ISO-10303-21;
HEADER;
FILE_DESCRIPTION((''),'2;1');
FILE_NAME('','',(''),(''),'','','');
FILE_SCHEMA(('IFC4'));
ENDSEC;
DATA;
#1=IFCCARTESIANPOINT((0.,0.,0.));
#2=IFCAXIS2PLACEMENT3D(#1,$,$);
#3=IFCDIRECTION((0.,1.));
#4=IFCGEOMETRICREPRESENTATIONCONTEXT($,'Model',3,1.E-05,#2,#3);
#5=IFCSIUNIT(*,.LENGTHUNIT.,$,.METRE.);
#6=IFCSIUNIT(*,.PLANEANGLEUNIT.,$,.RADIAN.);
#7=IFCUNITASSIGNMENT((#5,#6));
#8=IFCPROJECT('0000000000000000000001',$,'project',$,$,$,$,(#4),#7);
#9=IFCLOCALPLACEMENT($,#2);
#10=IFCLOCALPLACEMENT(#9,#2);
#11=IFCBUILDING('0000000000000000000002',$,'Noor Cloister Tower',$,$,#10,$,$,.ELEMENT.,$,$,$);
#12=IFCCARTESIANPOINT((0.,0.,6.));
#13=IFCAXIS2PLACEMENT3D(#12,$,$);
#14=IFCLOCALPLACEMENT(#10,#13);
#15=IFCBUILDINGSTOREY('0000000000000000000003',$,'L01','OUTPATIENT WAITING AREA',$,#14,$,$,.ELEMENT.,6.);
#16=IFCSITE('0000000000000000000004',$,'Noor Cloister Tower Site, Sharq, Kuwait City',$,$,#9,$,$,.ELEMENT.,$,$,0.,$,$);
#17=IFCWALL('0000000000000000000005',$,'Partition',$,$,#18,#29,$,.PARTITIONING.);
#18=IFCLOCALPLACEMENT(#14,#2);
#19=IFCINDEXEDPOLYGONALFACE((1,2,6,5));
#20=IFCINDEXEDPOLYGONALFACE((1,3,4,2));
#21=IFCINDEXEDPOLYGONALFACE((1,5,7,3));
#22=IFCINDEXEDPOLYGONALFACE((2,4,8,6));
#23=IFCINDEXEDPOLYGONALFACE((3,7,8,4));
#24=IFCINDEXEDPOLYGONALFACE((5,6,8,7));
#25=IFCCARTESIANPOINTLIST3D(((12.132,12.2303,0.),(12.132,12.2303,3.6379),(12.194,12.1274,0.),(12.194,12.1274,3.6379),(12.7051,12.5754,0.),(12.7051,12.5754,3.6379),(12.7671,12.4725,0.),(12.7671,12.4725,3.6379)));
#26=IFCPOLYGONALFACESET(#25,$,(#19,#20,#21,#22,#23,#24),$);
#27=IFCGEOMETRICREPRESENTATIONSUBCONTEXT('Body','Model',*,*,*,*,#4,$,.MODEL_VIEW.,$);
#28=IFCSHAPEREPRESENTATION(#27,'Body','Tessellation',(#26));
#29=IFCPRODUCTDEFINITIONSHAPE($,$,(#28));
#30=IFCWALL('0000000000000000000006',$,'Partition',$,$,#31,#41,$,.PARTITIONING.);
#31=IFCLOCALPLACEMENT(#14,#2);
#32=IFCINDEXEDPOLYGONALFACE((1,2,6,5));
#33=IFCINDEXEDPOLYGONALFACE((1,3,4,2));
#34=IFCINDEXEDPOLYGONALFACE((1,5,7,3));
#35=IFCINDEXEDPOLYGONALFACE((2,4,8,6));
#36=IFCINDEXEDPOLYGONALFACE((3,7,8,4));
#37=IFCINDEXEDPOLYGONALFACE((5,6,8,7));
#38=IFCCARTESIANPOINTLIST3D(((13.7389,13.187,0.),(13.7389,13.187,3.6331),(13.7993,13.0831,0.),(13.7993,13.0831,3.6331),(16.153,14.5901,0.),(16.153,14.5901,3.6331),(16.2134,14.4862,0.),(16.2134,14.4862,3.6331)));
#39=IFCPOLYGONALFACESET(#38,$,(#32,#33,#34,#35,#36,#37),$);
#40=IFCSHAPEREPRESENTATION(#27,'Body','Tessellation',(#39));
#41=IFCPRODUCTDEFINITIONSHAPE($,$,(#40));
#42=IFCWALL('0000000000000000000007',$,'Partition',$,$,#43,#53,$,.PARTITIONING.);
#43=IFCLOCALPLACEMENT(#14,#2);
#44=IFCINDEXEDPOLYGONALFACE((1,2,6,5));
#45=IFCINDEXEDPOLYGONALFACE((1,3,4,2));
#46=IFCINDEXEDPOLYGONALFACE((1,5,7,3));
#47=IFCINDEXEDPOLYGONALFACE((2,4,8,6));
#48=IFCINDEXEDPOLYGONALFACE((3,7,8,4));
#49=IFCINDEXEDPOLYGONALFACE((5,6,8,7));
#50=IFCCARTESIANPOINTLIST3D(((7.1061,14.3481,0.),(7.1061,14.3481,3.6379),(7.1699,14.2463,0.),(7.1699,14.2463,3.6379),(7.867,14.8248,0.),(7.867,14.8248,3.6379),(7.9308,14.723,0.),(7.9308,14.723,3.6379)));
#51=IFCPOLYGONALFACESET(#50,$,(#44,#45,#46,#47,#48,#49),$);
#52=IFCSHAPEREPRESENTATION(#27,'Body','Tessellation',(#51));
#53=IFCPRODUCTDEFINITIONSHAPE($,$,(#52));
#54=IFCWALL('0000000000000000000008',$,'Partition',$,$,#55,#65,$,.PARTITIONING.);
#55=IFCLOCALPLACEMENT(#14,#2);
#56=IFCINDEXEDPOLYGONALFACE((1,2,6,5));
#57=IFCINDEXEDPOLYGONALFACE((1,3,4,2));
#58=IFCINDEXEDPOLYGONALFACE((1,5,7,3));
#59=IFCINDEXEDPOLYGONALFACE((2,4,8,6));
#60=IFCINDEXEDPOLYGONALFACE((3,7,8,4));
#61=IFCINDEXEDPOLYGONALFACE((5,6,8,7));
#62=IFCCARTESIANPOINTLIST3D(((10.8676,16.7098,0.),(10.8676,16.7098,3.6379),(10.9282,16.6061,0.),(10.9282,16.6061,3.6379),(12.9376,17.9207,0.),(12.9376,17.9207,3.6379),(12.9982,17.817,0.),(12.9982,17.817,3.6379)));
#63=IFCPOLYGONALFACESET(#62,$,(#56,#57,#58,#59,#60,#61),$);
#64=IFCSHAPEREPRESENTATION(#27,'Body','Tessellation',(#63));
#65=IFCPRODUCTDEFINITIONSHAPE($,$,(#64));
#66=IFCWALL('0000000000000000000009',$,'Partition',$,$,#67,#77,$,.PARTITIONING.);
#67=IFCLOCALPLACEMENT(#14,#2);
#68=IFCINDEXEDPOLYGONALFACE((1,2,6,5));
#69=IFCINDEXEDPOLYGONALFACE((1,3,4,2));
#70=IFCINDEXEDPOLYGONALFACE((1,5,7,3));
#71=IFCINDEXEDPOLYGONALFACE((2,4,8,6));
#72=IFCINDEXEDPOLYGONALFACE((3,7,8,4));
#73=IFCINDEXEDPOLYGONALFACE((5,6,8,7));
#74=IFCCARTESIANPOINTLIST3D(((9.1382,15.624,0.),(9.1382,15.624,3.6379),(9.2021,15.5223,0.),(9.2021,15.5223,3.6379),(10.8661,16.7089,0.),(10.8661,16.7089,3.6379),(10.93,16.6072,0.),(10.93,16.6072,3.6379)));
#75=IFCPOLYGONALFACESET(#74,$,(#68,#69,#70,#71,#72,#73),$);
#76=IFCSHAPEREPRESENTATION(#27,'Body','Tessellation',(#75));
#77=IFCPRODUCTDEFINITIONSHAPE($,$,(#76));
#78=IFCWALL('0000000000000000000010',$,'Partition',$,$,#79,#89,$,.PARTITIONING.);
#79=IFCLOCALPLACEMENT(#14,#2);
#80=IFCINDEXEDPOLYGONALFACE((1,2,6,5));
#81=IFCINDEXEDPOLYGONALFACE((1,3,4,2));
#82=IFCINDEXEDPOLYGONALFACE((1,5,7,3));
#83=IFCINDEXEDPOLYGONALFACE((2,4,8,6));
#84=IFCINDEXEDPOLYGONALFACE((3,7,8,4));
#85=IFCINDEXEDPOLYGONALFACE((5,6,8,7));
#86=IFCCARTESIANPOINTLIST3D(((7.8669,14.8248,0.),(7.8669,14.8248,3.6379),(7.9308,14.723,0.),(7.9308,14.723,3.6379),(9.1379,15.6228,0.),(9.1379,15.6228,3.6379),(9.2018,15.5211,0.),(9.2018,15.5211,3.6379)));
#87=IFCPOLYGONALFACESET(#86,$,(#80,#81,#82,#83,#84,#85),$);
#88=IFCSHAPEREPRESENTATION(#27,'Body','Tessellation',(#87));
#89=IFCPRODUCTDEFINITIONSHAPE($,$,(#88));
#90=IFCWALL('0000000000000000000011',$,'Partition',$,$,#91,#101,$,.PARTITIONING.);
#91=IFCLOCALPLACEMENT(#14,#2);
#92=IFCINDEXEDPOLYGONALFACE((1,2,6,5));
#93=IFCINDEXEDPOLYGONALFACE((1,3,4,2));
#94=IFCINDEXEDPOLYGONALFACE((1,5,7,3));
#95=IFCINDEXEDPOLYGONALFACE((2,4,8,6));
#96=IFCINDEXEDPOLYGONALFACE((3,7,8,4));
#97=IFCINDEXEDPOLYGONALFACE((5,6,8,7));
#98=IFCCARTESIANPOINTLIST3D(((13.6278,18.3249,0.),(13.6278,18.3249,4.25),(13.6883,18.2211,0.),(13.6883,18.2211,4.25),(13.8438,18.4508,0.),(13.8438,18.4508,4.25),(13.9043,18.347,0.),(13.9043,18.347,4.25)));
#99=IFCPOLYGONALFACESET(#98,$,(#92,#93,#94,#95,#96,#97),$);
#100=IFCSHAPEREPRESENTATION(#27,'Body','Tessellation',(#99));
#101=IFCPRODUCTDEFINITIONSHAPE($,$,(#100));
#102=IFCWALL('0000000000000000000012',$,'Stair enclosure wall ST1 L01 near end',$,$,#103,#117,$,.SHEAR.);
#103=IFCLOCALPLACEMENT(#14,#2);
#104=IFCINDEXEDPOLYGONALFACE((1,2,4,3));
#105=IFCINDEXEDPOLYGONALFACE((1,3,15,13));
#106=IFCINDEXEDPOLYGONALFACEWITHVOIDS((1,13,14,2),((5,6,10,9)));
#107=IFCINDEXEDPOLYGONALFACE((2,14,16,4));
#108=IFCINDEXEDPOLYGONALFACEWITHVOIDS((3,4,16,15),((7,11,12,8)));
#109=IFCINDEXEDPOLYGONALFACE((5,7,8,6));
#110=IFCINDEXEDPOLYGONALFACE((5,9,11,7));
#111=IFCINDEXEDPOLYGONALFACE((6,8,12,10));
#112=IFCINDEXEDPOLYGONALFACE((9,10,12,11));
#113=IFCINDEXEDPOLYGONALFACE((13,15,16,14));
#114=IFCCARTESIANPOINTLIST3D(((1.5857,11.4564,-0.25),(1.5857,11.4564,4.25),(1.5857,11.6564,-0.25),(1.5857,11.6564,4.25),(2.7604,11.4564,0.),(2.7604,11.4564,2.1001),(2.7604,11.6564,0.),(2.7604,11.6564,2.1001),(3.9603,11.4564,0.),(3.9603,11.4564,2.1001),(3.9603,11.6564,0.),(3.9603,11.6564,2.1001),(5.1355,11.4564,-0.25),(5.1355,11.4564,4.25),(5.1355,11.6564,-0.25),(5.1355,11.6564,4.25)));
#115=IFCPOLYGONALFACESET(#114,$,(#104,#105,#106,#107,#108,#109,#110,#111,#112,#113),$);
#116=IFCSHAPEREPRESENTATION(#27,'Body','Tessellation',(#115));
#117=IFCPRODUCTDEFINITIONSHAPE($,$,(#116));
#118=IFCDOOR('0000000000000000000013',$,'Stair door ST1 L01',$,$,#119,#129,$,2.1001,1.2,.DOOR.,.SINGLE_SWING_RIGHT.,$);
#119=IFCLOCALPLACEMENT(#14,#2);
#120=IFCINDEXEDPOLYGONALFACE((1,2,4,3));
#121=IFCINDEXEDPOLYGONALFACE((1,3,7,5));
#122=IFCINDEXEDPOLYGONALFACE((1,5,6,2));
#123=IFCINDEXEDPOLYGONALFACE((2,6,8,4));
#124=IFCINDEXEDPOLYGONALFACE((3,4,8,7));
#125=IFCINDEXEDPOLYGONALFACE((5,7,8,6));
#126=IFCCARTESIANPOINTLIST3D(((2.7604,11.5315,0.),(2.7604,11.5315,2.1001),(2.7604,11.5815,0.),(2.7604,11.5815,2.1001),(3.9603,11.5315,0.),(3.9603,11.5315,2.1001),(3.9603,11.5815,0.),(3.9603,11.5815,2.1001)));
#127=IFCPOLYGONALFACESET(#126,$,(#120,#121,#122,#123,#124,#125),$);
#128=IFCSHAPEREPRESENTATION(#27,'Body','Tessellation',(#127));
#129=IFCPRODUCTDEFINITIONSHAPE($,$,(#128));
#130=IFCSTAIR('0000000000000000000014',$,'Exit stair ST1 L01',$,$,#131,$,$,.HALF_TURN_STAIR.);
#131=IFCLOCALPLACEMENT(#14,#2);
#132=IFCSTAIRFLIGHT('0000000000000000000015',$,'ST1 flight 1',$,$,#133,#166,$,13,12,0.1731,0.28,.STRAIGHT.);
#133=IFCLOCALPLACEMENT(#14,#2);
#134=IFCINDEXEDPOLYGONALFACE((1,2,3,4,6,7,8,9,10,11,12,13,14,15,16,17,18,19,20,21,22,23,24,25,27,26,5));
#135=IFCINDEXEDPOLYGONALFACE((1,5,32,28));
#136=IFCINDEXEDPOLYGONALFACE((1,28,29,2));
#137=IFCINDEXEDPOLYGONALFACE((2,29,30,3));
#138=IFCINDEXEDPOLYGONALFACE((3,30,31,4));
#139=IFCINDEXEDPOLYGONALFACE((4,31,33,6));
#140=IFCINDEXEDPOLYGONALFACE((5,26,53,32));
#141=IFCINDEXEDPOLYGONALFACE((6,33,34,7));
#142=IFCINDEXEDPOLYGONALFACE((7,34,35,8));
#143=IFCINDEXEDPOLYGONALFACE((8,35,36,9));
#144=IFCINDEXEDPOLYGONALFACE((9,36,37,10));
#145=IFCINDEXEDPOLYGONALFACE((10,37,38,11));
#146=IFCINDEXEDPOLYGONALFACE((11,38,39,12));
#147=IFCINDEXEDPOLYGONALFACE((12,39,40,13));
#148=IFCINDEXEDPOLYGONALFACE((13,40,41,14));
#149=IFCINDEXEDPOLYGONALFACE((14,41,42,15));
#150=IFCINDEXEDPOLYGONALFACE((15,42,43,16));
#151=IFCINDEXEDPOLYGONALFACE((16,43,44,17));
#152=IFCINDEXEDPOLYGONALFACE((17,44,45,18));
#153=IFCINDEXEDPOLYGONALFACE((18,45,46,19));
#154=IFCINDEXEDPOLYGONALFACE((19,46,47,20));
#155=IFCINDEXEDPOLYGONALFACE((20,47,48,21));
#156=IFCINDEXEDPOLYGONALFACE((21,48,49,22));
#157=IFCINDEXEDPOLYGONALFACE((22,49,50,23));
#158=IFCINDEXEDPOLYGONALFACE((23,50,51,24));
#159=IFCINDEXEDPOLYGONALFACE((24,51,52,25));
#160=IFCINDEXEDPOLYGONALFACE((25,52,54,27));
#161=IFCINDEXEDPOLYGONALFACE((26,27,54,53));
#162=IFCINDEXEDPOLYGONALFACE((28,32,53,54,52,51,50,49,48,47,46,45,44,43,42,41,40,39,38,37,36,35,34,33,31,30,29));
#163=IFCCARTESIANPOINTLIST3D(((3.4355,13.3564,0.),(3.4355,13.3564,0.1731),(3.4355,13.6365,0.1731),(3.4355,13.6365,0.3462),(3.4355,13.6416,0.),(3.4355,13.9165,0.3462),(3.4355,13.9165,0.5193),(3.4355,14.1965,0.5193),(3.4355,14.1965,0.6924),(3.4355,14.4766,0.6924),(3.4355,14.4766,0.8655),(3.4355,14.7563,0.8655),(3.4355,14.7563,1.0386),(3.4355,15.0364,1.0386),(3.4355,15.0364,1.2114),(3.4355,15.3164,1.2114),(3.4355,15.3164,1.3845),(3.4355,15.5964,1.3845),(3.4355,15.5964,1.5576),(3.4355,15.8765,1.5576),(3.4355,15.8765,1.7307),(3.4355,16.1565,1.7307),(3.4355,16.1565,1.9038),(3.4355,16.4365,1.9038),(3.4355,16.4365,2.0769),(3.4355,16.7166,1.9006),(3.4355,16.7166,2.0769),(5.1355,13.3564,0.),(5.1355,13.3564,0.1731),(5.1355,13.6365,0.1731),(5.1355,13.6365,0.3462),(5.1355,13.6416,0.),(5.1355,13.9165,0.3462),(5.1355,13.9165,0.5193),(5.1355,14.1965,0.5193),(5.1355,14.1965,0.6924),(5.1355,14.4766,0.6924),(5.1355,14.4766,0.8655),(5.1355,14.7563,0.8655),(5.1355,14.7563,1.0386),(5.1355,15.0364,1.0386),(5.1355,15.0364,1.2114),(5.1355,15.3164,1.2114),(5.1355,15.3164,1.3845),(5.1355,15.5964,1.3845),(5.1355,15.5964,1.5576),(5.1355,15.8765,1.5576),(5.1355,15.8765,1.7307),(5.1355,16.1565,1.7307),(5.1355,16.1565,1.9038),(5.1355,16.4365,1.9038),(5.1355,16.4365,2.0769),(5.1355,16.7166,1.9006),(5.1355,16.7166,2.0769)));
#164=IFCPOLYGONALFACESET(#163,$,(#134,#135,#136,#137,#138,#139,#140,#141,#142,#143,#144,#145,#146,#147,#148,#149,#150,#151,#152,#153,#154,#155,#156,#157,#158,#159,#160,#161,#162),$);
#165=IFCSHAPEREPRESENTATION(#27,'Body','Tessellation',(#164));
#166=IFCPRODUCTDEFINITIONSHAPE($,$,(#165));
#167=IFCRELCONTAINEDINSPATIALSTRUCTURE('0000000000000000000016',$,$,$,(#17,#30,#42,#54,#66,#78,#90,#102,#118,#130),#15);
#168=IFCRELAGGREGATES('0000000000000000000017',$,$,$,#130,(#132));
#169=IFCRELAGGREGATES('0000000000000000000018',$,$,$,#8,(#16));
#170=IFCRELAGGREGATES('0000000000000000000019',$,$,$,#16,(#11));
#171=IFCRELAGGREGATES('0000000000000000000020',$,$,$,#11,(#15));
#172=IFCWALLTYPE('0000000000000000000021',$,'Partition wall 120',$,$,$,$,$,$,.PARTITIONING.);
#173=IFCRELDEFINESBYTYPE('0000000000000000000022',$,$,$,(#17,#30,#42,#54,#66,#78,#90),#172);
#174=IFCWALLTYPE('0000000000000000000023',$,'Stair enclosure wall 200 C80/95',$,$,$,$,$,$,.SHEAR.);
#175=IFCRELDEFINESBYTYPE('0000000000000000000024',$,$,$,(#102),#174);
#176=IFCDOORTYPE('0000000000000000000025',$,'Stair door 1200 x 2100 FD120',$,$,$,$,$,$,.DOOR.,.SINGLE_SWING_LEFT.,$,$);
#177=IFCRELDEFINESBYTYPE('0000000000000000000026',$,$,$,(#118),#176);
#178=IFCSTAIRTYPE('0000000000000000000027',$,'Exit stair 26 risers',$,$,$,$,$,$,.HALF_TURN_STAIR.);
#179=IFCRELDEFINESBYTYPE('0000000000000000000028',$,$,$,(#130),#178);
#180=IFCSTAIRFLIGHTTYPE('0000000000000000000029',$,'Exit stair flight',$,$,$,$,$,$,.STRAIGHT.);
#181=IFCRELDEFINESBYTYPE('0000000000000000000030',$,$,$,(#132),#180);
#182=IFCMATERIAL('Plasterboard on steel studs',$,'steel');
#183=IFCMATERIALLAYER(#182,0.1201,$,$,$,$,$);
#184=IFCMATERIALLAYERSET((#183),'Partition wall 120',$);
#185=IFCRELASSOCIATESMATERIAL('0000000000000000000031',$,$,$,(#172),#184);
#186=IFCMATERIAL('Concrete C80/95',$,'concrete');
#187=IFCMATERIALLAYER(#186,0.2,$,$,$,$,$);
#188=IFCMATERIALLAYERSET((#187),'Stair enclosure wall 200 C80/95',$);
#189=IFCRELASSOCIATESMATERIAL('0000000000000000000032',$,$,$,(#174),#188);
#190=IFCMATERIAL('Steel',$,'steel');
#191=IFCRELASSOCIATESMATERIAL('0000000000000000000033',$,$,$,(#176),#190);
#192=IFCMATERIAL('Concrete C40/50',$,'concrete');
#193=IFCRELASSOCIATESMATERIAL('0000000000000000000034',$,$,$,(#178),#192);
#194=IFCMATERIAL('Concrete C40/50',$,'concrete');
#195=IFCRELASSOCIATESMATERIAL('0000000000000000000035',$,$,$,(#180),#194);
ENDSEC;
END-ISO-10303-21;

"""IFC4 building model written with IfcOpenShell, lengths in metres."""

from ifc_helpers import new_model, si_unit, direction, frame, frame_2d, origin, place, context, subcontext, project, spatial, polyline, rectangle, outline, extrude, material, layer, layer_set, type_object, element, fill, aggregate, save


model = new_model("IFC4")

# Units and contexts
model_context = context("Model", 3, precision=1e-05, world=origin(), true_north=direction((0.0, 1.0)))
body_context = subcontext(model_context, "Body", "Model", "MODEL_VIEW")
ifc_project = project(units=[si_unit("LENGTHUNIT", "METRE"), si_unit("PLANEANGLEUNIT", "RADIAN")], contexts=[model_context])

# Site, building, storey
site_placement = place(None, origin())
site = spatial("IfcSite", under=ifc_project, at=site_placement, Name="Noor Cloister Tower Site, Sharq, Kuwait City", CompositionType="ELEMENT", RefElevation=0.0)
building_placement = place(site_placement, origin())
building = spatial("IfcBuilding", under=site, at=building_placement, Name="Noor Cloister Tower", CompositionType="ELEMENT")
storey_placement = place(building_placement, frame((0.0, 0.0, 6.0)))
storey = spatial("IfcBuildingStorey", under=building, at=storey_placement, Name="L01", Description="OUTPATIENT WAITING AREA", CompositionType="ELEMENT", Elevation=6.0)

# Walls
ifc_material_1 = material(Name="Plasterboard on steel studs", Category="steel")
ifc_layer_1 = layer(ifc_material_1, 0.1201)
ifc_layer_set_1 = layer_set([ifc_layer_1], Name="Partition wall 120")
wall_type_1 = type_object("IfcWallType", Name="Partition wall 120", PredefinedType="PARTITIONING", material=ifc_layer_set_1)
wall_1_placement = place(storey_placement, frame((12.7361, 12.5239, 0.0), z_axis=(0.0, 0.0, 1.0), x_axis=(-0.856719, -0.515784, 0.0)))
element("IfcWall", 1, at=wall_1_placement, inside=storey, type_object=wall_type_1, Name="Partition", PredefinedType="PARTITIONING", context=body_context, shape_type="SweptSolid", body=[
    extrude(rectangle(XDim=0.6689, YDim=0.1201, at=frame_2d((0.3345, 0.0))), origin(), (0.0, 0.0, 1.0), 3.6379),
])
wall_2_placement = place(storey_placement, frame((16.1831, 14.5381, 0.0), z_axis=(0.0, 0.0, 1.0), x_axis=(-0.864577, -0.5025, 0.0)))
element("IfcWall", 2, at=wall_2_placement, inside=storey, type_object=wall_type_1, Name="Partition", PredefinedType="PARTITIONING", context=body_context, shape_type="SweptSolid", body=[
    extrude(rectangle(XDim=2.7922, YDim=0.1201, at=frame_2d((1.396, 0.0))), origin(), (0.0, 0.0, 1.0), 3.6331),
])
wall_3_placement = place(storey_placement, frame((7.8989, 14.7739, 0.0), z_axis=(0.0, 0.0, 1.0), x_axis=(-0.847402, -0.530952, 0.0)))
element("IfcWall", 3, at=wall_3_placement, inside=storey, type_object=wall_type_1, Name="Partition", PredefinedType="PARTITIONING", context=body_context, shape_type="SweptSolid", body=[
    extrude(rectangle(XDim=0.8979, YDim=0.1201, at=frame_2d((0.449, 0.0))), origin(), (0.0, 0.0, 1.0), 3.6379),
])
wall_4_placement = place(storey_placement, frame((12.968, 17.8689, 0.0), z_axis=(0.0, 0.0, 1.0), x_axis=(-0.863162, -0.504928, 0.0)))
element("IfcWall", 4, at=wall_4_placement, inside=storey, type_object=wall_type_1, Name="Partition", PredefinedType="PARTITIONING", context=body_context, shape_type="SweptSolid", body=[
    extrude(rectangle(XDim=2.3982, YDim=0.1201, at=frame_2d((1.1992, 0.0))), origin(), (0.0, 0.0, 1.0), 3.6379),
])
wall_5_placement = place(storey_placement, frame((10.8979, 16.658, 0.0), z_axis=(0.0, 0.0, 1.0), x_axis=(-0.846908, -0.53174, 0.0)))
element("IfcWall", 5, at=wall_5_placement, inside=storey, type_object=wall_type_1, Name="Partition", PredefinedType="PARTITIONING", context=body_context, shape_type="SweptSolid", body=[
    extrude(rectangle(XDim=2.0403, YDim=0.1201, at=frame_2d((1.02, 0.0))), origin(), (0.0, 0.0, 1.0), 3.6379),
])
wall_6_placement = place(storey_placement, frame((9.1699, 15.572, 0.0), z_axis=(0.0, 0.0, 1.0), x_axis=(-0.846881, -0.531782, 0.0)))
element("IfcWall", 6, at=wall_6_placement, inside=storey, type_object=wall_type_1, Name="Partition", PredefinedType="PARTITIONING", context=body_context, shape_type="SweptSolid", body=[
    extrude(rectangle(XDim=1.5007, YDim=0.1201, at=frame_2d((0.7505, 0.0))), origin(), (0.0, 0.0, 1.0), 3.6379),
])
wall_7_placement = place(storey_placement, frame((13.874, 18.3989, 0.0), z_axis=(0.0, 0.0, 1.0), x_axis=(-0.863885, -0.503689, 0.0)))
element("IfcWall", 7, at=wall_7_placement, inside=storey, type_object=wall_type_1, Name="Partition", PredefinedType="PARTITIONING", context=body_context, shape_type="SweptSolid", body=[
    extrude(rectangle(XDim=0.25, YDim=0.1201, at=frame_2d((0.125, 0.0))), origin(), (0.0, 0.0, 1.0), 4.25),
])

# Wall, opening, door
ifc_material_2 = material(Name="Concrete C80/95", Category="concrete")
ifc_layer_2 = layer(ifc_material_2, 0.2)
ifc_layer_set_2 = layer_set([ifc_layer_2], Name="Stair enclosure wall 200 C80/95")
wall_type_2 = type_object("IfcWallType", Name="Stair enclosure wall 200 C80/95", PredefinedType="SHEAR", material=ifc_layer_set_2)
wall_8_placement = place(storey_placement, frame((5.1355, 11.5564, -0.25), z_axis=(0.0, 0.0, 1.0), x_axis=(-1.0, 0.0, 0.0)))
wall_8 = element("IfcWall", 8, at=wall_8_placement, inside=storey, type_object=wall_type_2, Name="Stair enclosure wall ST1 L01 near end", PredefinedType="SHEAR", context=body_context, shape_type="SweptSolid", body=[
    extrude(rectangle(XDim=3.5498, YDim=0.2, at=frame_2d((1.7749, 0.0))), origin(), (0.0, 0.0, 1.0), 4.5),
])
opening_1_placement = place(wall_8_placement, frame((1.175, 0.0, 0.25)))
opening_1 = element("IfcOpeningElement", 9, at=opening_1_placement, cuts=wall_8, PredefinedType="OPENING", context=body_context, shape_type="SweptSolid", body=[
    extrude(rectangle(XDim=1.2, YDim=2.1001, at=frame_2d((0.6001, 1.05))), frame((0.0, 0.1099, 0.0), z_axis=(0.0, -1.0, 0.0), x_axis=(1.0, 0.0, 0.0)), (0.0, 0.0, 1.0), 0.22),
])
ifc_material_3 = material(Name="Steel", Category="steel")
door_type_1 = type_object("IfcDoorType", Name="Stair door 1200 x 2100 FD120", OperationType="SINGLE_SWING_LEFT", PredefinedType="DOOR", material=ifc_material_3)
door_1_placement = place(opening_1_placement, origin())
door_1 = element("IfcDoor", 10, at=door_1_placement, inside=storey, type_object=door_type_1, Name="Stair door ST1 L01", OperationType="SINGLE_SWING_RIGHT", OverallHeight=2.1001, OverallWidth=1.2, PredefinedType="DOOR", context=body_context, shape_type="SweptSolid", body=[
    extrude(rectangle(XDim=1.2, YDim=2.1001, at=frame_2d((0.6001, 1.05))), frame((0.0, 0.0249, 0.0), z_axis=(0.0, -1.0, 0.0), x_axis=(1.0, 0.0, 0.0)), (0.0, 0.0, 1.0), 0.05),
])
fill(opening_1, door_1)

# Stair, stair flight
ifc_material_4 = material(Name="Concrete C40/50", Category="concrete")
stair_type = type_object("IfcStairType", Name="Exit stair 26 risers", PredefinedType="HALF_TURN_STAIR", material=ifc_material_4)
stair_placement = place(storey_placement, origin())
stair = element("IfcStair", 11, at=stair_placement, inside=storey, type_object=stair_type, Name="Exit stair ST1 L01", PredefinedType="HALF_TURN_STAIR")
ifc_material_5 = material(Name="Concrete C40/50", Category="concrete")
stair_flight_type = type_object("IfcStairFlightType", Name="Exit stair flight", PredefinedType="STRAIGHT", material=ifc_material_5)
stair_flight_1_placement = place(storey_placement, frame((4.2856, 13.3564, 0.0), z_axis=(0.0, 0.0, 1.0), x_axis=(0.0, 1.0, 0.0)))
stair_flight_1 = element("IfcStairFlight", 12, at=stair_flight_1_placement, type_object=stair_flight_type, Name="ST1 flight 1", NumberOfRisers=13, NumberOfTreads=12, PredefinedType="STRAIGHT", RiserHeight=0.1731, TreadLength=0.28, context=body_context, shape_type="SweptSolid", body=[
    extrude(outline(polyline([(0.0, 0.0), (0.0, 0.1731), (0.28, 0.1731), (0.28, 0.3462), (0.5601, 0.3462), (0.5601, 0.5193), (0.8401, 0.5193), (0.8401, 0.6924), (1.1201, 0.6924), (1.1201, 0.8655), (1.3999, 0.8655), (1.3999, 1.0386), (1.6799, 1.0386), (1.6799, 1.2114), (1.96, 1.2114), (1.96, 1.3845), (2.24, 1.3845), (2.24, 1.5576), (2.52, 1.5576), (2.52, 1.7307), (2.8, 1.7307), (2.8, 1.9038), (3.0801, 1.9038), (3.0801, 2.0769), (3.3601, 2.0769), (3.3601, 2.25), (3.3601, 1.9006), (0.2852, 0.0), (0.0, 0.0)])), frame((0.0, 0.8501, 0.0), z_axis=(0.0, -1.0, 0.0), x_axis=(1.0, 0.0, 0.0)), (0.0, 0.0, 1.0), 1.7),
])
aggregate(stair, [stair_flight_1])

save(model, "model.ifc")
